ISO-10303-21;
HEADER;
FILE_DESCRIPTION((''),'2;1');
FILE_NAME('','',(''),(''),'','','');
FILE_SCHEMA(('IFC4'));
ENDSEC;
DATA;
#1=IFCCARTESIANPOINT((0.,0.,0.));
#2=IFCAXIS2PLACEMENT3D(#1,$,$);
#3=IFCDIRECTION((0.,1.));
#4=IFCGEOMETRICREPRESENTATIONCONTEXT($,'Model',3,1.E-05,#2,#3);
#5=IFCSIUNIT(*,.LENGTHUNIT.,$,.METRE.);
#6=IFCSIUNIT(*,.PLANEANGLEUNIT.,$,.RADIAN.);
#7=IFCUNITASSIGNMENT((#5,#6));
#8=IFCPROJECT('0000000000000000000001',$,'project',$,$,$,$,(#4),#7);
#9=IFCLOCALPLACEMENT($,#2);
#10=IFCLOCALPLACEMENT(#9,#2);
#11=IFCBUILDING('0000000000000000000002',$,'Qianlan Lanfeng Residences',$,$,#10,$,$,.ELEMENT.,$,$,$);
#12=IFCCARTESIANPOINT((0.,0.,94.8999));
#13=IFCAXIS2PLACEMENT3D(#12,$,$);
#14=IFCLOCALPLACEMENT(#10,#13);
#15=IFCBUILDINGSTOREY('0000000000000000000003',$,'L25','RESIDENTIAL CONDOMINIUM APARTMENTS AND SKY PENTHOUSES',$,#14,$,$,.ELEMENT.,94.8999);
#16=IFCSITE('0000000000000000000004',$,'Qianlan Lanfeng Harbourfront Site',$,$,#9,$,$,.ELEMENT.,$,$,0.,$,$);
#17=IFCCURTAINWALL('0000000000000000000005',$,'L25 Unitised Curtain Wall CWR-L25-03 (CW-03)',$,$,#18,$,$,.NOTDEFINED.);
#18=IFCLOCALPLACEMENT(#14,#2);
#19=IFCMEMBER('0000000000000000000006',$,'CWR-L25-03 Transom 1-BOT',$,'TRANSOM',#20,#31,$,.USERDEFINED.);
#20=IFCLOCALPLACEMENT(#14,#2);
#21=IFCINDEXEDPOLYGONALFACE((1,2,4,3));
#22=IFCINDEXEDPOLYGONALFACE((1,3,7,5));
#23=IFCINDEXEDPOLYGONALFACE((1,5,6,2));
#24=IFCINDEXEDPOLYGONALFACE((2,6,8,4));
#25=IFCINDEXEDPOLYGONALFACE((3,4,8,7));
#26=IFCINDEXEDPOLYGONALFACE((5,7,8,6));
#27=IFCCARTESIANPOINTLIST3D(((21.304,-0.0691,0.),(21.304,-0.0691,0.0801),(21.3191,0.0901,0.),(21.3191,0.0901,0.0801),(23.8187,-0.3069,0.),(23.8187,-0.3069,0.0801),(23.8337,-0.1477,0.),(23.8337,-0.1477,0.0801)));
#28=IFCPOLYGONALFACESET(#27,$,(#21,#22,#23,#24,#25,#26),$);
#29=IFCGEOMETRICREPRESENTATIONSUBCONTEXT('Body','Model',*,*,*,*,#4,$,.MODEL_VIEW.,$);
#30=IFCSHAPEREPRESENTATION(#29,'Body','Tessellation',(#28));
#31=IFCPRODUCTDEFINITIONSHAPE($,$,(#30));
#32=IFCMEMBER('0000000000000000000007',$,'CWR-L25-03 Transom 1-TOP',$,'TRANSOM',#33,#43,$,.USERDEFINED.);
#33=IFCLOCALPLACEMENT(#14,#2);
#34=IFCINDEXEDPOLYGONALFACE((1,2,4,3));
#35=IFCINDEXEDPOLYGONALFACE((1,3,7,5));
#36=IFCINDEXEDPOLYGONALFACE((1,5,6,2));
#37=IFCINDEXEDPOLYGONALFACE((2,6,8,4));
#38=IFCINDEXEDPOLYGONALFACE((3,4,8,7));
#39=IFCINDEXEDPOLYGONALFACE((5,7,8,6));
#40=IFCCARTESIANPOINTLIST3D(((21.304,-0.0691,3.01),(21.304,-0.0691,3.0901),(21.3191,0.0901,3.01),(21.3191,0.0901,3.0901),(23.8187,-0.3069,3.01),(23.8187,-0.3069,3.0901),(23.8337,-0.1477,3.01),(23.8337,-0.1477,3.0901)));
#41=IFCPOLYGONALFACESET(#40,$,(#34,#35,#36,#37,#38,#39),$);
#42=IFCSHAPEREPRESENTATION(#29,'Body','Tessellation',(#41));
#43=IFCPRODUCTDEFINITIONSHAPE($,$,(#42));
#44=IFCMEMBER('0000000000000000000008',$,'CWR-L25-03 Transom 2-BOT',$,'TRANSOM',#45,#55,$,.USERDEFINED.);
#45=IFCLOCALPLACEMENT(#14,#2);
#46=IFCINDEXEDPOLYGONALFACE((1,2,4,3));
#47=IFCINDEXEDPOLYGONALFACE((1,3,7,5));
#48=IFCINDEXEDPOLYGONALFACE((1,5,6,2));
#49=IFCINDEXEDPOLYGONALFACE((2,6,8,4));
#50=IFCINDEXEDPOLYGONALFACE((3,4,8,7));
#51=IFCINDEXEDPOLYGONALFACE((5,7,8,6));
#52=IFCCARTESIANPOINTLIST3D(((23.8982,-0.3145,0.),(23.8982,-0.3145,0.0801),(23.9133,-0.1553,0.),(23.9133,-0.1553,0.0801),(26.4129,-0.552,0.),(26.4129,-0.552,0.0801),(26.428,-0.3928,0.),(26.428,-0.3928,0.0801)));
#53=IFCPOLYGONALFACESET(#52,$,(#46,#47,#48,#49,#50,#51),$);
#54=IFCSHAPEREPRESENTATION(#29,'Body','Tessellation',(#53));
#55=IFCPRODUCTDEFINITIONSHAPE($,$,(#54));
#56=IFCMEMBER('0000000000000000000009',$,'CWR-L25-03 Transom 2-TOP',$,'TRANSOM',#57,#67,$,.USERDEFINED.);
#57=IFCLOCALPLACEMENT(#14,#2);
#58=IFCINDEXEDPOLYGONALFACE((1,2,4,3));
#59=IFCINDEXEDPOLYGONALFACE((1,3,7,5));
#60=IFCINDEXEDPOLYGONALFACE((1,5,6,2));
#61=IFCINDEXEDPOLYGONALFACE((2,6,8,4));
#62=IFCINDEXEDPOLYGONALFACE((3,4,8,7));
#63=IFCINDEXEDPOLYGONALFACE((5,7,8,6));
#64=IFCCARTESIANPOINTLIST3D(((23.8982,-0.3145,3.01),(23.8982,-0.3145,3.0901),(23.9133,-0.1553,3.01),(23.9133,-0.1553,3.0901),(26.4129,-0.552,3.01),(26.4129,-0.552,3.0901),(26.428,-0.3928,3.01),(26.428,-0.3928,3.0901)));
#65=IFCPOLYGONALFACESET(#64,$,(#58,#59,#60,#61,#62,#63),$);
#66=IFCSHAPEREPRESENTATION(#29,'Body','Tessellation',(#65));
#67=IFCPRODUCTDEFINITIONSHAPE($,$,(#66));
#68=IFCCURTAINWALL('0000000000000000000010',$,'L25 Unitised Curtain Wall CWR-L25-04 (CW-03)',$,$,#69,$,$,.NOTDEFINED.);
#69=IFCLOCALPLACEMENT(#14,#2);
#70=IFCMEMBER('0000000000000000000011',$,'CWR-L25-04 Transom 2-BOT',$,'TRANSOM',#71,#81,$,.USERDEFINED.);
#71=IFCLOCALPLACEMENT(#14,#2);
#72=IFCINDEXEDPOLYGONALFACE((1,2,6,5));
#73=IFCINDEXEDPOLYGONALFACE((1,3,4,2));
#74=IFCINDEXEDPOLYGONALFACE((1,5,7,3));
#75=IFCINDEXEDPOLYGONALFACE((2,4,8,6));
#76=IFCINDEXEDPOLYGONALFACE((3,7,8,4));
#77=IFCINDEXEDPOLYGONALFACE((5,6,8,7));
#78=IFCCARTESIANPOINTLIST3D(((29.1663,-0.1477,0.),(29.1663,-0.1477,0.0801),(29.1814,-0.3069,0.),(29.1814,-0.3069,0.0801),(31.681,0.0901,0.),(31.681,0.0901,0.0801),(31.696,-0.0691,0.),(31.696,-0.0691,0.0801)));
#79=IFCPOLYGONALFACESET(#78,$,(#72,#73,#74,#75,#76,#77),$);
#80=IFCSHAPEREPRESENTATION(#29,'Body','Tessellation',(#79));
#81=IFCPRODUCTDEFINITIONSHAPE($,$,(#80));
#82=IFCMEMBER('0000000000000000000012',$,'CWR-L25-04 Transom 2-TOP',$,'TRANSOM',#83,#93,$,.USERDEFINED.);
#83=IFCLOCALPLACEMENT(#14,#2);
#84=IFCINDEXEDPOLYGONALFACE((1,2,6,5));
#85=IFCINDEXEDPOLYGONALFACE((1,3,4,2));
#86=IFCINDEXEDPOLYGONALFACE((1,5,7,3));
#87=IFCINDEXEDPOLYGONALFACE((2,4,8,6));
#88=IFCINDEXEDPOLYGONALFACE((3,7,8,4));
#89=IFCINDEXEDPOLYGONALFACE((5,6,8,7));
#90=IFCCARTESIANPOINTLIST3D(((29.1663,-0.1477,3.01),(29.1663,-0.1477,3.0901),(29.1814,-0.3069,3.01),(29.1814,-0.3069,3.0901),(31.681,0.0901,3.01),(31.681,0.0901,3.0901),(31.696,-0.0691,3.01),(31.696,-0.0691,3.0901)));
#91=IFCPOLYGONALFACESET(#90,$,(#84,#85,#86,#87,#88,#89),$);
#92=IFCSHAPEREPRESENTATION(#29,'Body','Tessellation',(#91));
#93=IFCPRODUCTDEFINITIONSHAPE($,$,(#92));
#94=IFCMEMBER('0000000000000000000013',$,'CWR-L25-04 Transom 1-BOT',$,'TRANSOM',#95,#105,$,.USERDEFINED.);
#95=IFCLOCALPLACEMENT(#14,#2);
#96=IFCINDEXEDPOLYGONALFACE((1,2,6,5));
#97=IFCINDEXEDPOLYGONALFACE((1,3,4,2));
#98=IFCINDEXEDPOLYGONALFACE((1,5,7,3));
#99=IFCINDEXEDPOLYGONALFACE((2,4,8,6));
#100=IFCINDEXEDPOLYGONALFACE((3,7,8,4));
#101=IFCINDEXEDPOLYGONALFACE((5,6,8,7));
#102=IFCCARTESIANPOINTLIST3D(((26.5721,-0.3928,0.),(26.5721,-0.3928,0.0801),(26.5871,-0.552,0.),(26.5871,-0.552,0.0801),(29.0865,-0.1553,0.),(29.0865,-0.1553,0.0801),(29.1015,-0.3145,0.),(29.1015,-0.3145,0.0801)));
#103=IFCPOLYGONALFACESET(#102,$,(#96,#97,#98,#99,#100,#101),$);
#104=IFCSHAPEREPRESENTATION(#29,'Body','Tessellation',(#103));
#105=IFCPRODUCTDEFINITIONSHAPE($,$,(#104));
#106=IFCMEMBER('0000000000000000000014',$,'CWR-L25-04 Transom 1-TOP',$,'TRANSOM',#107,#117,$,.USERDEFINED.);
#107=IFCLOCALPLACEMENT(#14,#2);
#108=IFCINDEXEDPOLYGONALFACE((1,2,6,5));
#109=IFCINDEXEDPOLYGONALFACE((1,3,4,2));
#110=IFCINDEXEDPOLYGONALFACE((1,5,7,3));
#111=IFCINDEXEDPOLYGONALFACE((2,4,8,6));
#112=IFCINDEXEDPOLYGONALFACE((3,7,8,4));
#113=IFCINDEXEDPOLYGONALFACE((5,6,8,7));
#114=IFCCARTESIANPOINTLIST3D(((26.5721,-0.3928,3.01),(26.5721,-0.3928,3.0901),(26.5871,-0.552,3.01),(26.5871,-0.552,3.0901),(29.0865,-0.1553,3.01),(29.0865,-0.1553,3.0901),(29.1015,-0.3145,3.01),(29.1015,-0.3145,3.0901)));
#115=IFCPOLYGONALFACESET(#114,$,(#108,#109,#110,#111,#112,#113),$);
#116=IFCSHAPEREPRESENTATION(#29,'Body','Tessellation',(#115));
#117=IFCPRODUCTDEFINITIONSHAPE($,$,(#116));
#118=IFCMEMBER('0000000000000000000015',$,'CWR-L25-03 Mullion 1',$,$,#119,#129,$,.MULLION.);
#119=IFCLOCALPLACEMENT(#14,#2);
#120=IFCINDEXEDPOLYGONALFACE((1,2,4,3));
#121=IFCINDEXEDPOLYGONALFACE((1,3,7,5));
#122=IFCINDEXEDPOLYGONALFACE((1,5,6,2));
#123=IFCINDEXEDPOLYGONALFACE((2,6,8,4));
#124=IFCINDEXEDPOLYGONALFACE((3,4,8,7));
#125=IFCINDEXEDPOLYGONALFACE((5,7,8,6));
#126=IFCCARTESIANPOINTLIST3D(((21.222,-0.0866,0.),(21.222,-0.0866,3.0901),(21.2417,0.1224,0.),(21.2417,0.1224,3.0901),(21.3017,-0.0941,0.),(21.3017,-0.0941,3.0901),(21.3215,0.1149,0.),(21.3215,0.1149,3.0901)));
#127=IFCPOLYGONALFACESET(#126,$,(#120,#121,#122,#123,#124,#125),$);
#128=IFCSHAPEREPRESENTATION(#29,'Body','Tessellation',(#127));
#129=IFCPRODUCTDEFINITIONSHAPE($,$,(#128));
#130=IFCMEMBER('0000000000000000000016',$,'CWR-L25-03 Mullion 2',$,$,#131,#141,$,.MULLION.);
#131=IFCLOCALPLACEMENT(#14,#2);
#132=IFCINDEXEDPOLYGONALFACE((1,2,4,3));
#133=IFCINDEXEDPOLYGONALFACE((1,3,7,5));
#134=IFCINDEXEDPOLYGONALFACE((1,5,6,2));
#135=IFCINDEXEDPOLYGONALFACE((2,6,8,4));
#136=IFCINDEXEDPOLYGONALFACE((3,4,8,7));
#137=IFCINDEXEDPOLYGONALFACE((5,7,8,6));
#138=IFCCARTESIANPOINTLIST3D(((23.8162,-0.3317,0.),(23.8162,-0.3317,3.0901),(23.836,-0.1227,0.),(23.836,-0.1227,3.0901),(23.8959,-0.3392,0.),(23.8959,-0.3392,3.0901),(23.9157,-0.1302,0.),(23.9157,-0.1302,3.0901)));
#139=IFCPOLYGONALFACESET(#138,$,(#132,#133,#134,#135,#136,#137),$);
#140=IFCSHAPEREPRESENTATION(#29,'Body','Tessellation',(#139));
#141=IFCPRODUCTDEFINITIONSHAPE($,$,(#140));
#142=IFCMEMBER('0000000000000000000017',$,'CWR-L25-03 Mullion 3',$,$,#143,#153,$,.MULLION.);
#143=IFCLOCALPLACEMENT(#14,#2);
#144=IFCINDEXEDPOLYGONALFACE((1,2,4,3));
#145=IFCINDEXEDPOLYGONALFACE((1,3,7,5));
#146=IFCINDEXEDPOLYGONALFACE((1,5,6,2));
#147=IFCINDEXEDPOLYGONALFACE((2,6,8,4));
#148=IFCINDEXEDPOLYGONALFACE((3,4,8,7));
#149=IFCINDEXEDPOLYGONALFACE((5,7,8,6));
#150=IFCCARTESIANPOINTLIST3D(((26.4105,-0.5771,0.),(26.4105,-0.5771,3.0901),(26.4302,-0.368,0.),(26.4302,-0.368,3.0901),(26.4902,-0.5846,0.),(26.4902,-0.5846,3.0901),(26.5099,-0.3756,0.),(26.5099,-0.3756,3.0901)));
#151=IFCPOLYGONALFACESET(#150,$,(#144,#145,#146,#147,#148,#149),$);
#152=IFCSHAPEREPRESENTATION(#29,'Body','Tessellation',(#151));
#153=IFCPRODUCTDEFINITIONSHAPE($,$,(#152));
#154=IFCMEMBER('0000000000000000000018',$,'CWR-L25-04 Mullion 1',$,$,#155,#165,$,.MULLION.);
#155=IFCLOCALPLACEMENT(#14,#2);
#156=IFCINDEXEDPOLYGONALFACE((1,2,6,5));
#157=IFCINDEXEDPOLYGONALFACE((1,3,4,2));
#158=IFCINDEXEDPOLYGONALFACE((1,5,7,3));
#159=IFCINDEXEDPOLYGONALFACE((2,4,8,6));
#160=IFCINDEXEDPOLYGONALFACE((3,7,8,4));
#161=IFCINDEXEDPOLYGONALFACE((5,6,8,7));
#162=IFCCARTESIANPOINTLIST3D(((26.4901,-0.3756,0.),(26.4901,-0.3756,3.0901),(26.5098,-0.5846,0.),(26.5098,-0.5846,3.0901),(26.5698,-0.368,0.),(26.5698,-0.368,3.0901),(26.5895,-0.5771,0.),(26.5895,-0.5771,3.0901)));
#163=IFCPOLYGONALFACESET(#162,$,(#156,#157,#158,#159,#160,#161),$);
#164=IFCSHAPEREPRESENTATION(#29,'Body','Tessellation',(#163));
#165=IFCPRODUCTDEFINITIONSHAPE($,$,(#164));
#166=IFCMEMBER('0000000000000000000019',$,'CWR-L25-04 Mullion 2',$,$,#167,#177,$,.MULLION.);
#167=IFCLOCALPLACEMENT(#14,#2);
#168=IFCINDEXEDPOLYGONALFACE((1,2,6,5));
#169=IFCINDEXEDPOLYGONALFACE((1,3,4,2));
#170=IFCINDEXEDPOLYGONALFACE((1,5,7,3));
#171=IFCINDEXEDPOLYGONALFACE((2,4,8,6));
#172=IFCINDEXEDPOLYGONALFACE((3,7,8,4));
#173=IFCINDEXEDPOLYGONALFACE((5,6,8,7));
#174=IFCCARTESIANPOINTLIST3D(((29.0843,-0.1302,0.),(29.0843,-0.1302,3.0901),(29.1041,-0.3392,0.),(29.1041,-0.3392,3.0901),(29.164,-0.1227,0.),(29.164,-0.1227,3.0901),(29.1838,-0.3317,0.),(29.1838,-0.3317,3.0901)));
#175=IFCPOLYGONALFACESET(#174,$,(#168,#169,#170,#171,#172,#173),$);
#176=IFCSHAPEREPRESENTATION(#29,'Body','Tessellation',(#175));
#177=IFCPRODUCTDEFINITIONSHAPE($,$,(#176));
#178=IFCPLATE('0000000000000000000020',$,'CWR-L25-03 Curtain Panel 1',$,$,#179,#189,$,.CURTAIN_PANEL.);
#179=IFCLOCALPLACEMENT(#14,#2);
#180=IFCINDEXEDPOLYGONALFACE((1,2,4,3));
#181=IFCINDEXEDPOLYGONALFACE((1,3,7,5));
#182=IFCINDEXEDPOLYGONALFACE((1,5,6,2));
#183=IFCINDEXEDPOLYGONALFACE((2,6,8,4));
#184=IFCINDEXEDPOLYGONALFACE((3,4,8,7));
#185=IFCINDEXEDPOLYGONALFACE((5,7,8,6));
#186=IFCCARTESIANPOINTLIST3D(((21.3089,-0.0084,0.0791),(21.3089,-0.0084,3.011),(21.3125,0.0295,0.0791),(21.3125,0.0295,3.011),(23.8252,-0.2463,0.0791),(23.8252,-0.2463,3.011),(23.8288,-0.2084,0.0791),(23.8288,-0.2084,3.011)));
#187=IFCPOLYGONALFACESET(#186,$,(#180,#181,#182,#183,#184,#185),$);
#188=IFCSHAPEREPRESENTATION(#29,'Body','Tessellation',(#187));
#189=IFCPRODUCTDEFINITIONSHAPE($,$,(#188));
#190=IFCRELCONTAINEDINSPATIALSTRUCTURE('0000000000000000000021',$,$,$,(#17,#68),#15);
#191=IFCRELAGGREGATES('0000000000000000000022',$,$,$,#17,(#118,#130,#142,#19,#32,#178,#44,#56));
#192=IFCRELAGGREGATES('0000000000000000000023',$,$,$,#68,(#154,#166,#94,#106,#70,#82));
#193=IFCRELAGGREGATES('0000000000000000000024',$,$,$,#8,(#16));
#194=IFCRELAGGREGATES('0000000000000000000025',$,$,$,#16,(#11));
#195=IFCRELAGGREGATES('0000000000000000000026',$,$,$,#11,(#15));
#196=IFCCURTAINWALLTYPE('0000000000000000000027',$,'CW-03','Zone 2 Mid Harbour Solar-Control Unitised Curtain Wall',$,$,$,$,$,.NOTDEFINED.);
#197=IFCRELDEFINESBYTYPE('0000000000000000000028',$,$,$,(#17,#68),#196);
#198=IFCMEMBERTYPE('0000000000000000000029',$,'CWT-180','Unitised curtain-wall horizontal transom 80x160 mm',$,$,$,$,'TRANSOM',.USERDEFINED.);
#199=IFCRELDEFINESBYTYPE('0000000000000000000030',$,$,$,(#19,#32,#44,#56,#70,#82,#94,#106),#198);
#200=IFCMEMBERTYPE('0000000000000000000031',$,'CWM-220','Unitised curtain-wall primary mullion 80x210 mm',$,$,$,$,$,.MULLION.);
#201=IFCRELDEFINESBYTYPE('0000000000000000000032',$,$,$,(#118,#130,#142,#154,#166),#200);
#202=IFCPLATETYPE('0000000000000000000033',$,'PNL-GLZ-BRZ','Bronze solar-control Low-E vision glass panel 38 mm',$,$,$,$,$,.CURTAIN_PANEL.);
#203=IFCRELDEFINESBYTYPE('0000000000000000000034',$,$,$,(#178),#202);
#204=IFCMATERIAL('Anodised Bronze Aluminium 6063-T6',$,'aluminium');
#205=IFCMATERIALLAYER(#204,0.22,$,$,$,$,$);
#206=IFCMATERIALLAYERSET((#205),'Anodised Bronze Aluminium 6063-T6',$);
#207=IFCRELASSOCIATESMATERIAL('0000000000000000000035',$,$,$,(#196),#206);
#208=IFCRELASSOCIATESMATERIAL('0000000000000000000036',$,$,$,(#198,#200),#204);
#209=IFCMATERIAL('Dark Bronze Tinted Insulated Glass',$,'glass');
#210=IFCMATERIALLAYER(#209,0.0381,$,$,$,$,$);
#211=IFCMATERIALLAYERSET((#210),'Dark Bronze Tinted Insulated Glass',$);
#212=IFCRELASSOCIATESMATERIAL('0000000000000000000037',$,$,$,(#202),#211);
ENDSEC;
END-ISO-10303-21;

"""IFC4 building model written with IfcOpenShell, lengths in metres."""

from ifc_helpers import new_model, si_unit, direction, frame, origin, origin_2d, place, context, subcontext, project, spatial, rectangle, extrude, source, transform, mapped, material, layer, layer_set, material_profile, profile_set, type_object, element, aggregate, save


model = new_model("IFC4")

# Units and contexts
model_context = context("Model", 3, precision=1e-05, world=origin(), true_north=direction((0.0, 1.0)))
body_context = subcontext(model_context, "Body", "Model", "MODEL_VIEW")
ifc_project = project(units=[si_unit("LENGTHUNIT", "METRE"), si_unit("PLANEANGLEUNIT", "RADIAN")], contexts=[model_context])

# Site, building, storey
site_placement = place(None, origin())
site = spatial("IfcSite", under=ifc_project, at=site_placement, Name="Qianlan Lanfeng Harbourfront Site", CompositionType="ELEMENT", RefElevation=0.0)
building_placement = place(site_placement, origin())
building = spatial("IfcBuilding", under=site, at=building_placement, Name="Qianlan Lanfeng Residences", CompositionType="ELEMENT")
storey_placement = place(building_placement, frame((0.0, 0.0, 94.8999)))
storey = spatial("IfcBuildingStorey", under=building, at=storey_placement, Name="L25", Description="RESIDENTIAL CONDOMINIUM APARTMENTS AND SKY PENTHOUSES", CompositionType="ELEMENT", Elevation=94.8999)

# Curtain walls, members
ifc_material_1 = material(Name="Anodised Bronze Aluminium 6063-T6", Category="aluminium")
ifc_layer_1 = layer(ifc_material_1, 0.22)
ifc_layer_set_1 = layer_set([ifc_layer_1], Name="Anodised Bronze Aluminium 6063-T6")
curtain_wall_type = type_object("IfcCurtainWallType", Name="CW-03", Description="Zone 2 Mid Harbour Solar-Control Unitised Curtain Wall", PredefinedType="NOTDEFINED", material=ifc_layer_set_1)
curtain_wall_1_placement = place(storey_placement, origin())
curtain_wall_1 = element("IfcCurtainWall", 1, at=curtain_wall_1_placement, inside=storey, type_object=curtain_wall_type, Name="L25 Unitised Curtain Wall CWR-L25-03 (CW-03)", PredefinedType="NOTDEFINED")
ifc_material_profile_1 = material_profile(ifc_material_1, rectangle(XDim=0.0801, YDim=0.1599, at=origin_2d()), Name="ALU TRANSOM 80x160")
ifc_profile_set_1 = profile_set([ifc_material_profile_1], Name="Anodised Bronze Aluminium 6063-T6")
member_type_1 = type_object("IfcMemberType", Name="CWT-180", Description="Unitised curtain-wall horizontal transom 80x160 mm", ElementType="TRANSOM", PredefinedType="USERDEFINED", material=ifc_profile_set_1)
shared_shape_1 = source(origin(), body_context, "Body", "SweptSolid", [
    extrude(rectangle(XDim=0.0801, YDim=0.1599, at=origin_2d()), origin(), (0.0, 0.0, 1.0), 2.5259),
])
member_1_placement = place(storey_placement, frame((21.3115, 0.0105, 0.04), z_axis=(0.995559, -0.094143, 0.0), x_axis=(0.0, 0.0, 1.0)))
member_1 = element("IfcMember", 2, at=member_1_placement, type_object=member_type_1, Name="CWR-L25-03 Transom 1-BOT", ObjectType="TRANSOM", PredefinedType="USERDEFINED", context=body_context, shape_type="MappedRepresentation", body=[
    mapped(shared_shape_1, transform((0.0, 0.0, 0.0), scale=1.0)),
])
member_2_placement = place(storey_placement, frame((21.3115, 0.0105, 3.05), z_axis=(0.995559, -0.094143, 0.0), x_axis=(0.0, 0.0, 1.0)))
member_2 = element("IfcMember", 3, at=member_2_placement, type_object=member_type_1, Name="CWR-L25-03 Transom 1-TOP", ObjectType="TRANSOM", PredefinedType="USERDEFINED", context=body_context, shape_type="MappedRepresentation", body=[
    mapped(shared_shape_1, transform((0.0, 0.0, 0.0), scale=1.0)),
])
member_3_placement = place(storey_placement, frame((23.9058, -0.2349, 0.04), z_axis=(0.995568, -0.094047, 0.0), x_axis=(0.0, 0.0, 1.0)))
member_3 = element("IfcMember", 4, at=member_3_placement, type_object=member_type_1, Name="CWR-L25-03 Transom 2-BOT", ObjectType="TRANSOM", PredefinedType="USERDEFINED", context=body_context, shape_type="MappedRepresentation", body=[
    mapped(shared_shape_1, transform((0.0, 0.0, 0.0), scale=1.0)),
])
member_4_placement = place(storey_placement, frame((23.9058, -0.2349, 3.05), z_axis=(0.995568, -0.094047, 0.0), x_axis=(0.0, 0.0, 1.0)))
member_4 = element("IfcMember", 5, at=member_4_placement, type_object=member_type_1, Name="CWR-L25-03 Transom 2-TOP", ObjectType="TRANSOM", PredefinedType="USERDEFINED", context=body_context, shape_type="MappedRepresentation", body=[
    mapped(shared_shape_1, transform((0.0, 0.0, 0.0), scale=1.0)),
])
curtain_wall_2_placement = place(storey_placement, origin())
curtain_wall_2 = element("IfcCurtainWall", 6, at=curtain_wall_2_placement, inside=storey, type_object=curtain_wall_type, Name="L25 Unitised Curtain Wall CWR-L25-04 (CW-03)", PredefinedType="NOTDEFINED")
member_5_placement = place(storey_placement, frame((29.1738, -0.2273, 0.04), z_axis=(0.995559, 0.094143, 0.0), x_axis=(0.0, 0.0, 1.0)))
member_5 = element("IfcMember", 7, at=member_5_placement, type_object=member_type_1, Name="CWR-L25-04 Transom 2-BOT", ObjectType="TRANSOM", PredefinedType="USERDEFINED", context=body_context, shape_type="MappedRepresentation", body=[
    mapped(shared_shape_1, transform((0.0, 0.0, 0.0), scale=1.0)),
])
member_6_placement = place(storey_placement, frame((29.1738, -0.2273, 3.05), z_axis=(0.995559, 0.094143, 0.0), x_axis=(0.0, 0.0, 1.0)))
member_6 = element("IfcMember", 8, at=member_6_placement, type_object=member_type_1, Name="CWR-L25-04 Transom 2-TOP", ObjectType="TRANSOM", PredefinedType="USERDEFINED", context=body_context, shape_type="MappedRepresentation", body=[
    mapped(shared_shape_1, transform((0.0, 0.0, 0.0), scale=1.0)),
])
shared_shape_2 = source(origin(), body_context, "Body", "SweptSolid", [
    extrude(rectangle(XDim=0.0801, YDim=0.1599, at=origin_2d()), origin(), (0.0, 0.0, 1.0), 2.5256),
])
member_7_placement = place(storey_placement, frame((26.5796, -0.4724, 0.04), z_axis=(0.995567, 0.094056, 0.0), x_axis=(0.0, 0.0, 1.0)))
member_7 = element("IfcMember", 9, at=member_7_placement, type_object=member_type_1, Name="CWR-L25-04 Transom 1-BOT", ObjectType="TRANSOM", PredefinedType="USERDEFINED", context=body_context, shape_type="MappedRepresentation", body=[
    mapped(shared_shape_2, transform((0.0, 0.0, 0.0), scale=1.0)),
])
member_8_placement = place(storey_placement, frame((26.5796, -0.4724, 3.05), z_axis=(0.995567, 0.094056, 0.0), x_axis=(0.0, 0.0, 1.0)))
member_8 = element("IfcMember", 10, at=member_8_placement, type_object=member_type_1, Name="CWR-L25-04 Transom 1-TOP", ObjectType="TRANSOM", PredefinedType="USERDEFINED", context=body_context, shape_type="MappedRepresentation", body=[
    mapped(shared_shape_2, transform((0.0, 0.0, 0.0), scale=1.0)),
])

# Members
ifc_material_profile_2 = material_profile(ifc_material_1, rectangle(XDim=0.0801, YDim=0.21, at=origin_2d()), Name="ALU MULLION 80x210")
ifc_profile_set_2 = profile_set([ifc_material_profile_2], Name="Anodised Bronze Aluminium 6063-T6")
member_type_2 = type_object("IfcMemberType", Name="CWM-220", Description="Unitised curtain-wall primary mullion 80x210 mm", PredefinedType="MULLION", material=ifc_profile_set_2)
shared_shape_3 = source(origin(), body_context, "Body", "SweptSolid", [
    extrude(rectangle(XDim=0.0801, YDim=0.21, at=origin_2d()), origin(), (0.0, 0.0, 1.0), 3.0901),
])
member_9_placement = place(storey_placement, frame((21.2717, 0.0142, 0.0), z_axis=(0.0, 0.0, 1.0), x_axis=(0.995561, -0.094114, 0.0)))
member_9 = element("IfcMember", 11, at=member_9_placement, type_object=member_type_2, Name="CWR-L25-03 Mullion 1", PredefinedType="MULLION", context=body_context, shape_type="MappedRepresentation", body=[
    mapped(shared_shape_3, transform((0.0, 0.0, 0.0), scale=1.0)),
])
member_10_placement = place(storey_placement, frame((23.866, -0.231, 0.0), z_axis=(0.0, 0.0, 1.0), x_axis=(0.995561, -0.094114, 0.0)))
member_10 = element("IfcMember", 12, at=member_10_placement, type_object=member_type_2, Name="CWR-L25-03 Mullion 2", PredefinedType="MULLION", context=body_context, shape_type="MappedRepresentation", body=[
    mapped(shared_shape_3, transform((0.0, 0.0, 0.0), scale=1.0)),
])
member_11_placement = place(storey_placement, frame((26.4602, -0.4763, 0.0), z_axis=(0.0, 0.0, 1.0), x_axis=(0.995561, -0.094114, 0.0)))
member_11 = element("IfcMember", 13, at=member_11_placement, type_object=member_type_2, Name="CWR-L25-03 Mullion 3", PredefinedType="MULLION", context=body_context, shape_type="MappedRepresentation", body=[
    mapped(shared_shape_3, transform((0.0, 0.0, 0.0), scale=1.0)),
])
member_12_placement = place(storey_placement, frame((26.5398, -0.4763, 0.0), z_axis=(0.0, 0.0, 1.0), x_axis=(0.995561, 0.094114, 0.0)))
member_12 = element("IfcMember", 14, at=member_12_placement, type_object=member_type_2, Name="CWR-L25-04 Mullion 1", PredefinedType="MULLION", context=body_context, shape_type="MappedRepresentation", body=[
    mapped(shared_shape_3, transform((0.0, 0.0, 0.0), scale=1.0)),
])
member_13_placement = place(storey_placement, frame((29.134, -0.231, 0.0), z_axis=(0.0, 0.0, 1.0), x_axis=(0.995561, 0.094114, 0.0)))
member_13 = element("IfcMember", 15, at=member_13_placement, type_object=member_type_2, Name="CWR-L25-04 Mullion 2", PredefinedType="MULLION", context=body_context, shape_type="MappedRepresentation", body=[
    mapped(shared_shape_3, transform((0.0, 0.0, 0.0), scale=1.0)),
])

# Plate
ifc_material_2 = material(Name="Dark Bronze Tinted Insulated Glass", Category="glass")
ifc_layer_2 = layer(ifc_material_2, 0.0381)
ifc_layer_set_2 = layer_set([ifc_layer_2], Name="Dark Bronze Tinted Insulated Glass")
plate_type_1 = type_object("IfcPlateType", Name="PNL-GLZ-BRZ", Description="Bronze solar-control Low-E vision glass panel 38 mm", PredefinedType="CURTAIN_PANEL", material=ifc_layer_set_2)
shared_shape_4 = source(origin(), body_context, "Body", "SweptSolid", [
    extrude(rectangle(XDim=2.5276, YDim=0.0381, at=origin_2d()), origin(), (0.0, 0.0, 1.0), 2.9319),
])
plate_1_placement = place(storey_placement, frame((22.5688, -0.1084, 0.0791), z_axis=(0.0, 0.0, 1.0), x_axis=(0.995561, -0.094114, 0.0)))
plate_1 = element("IfcPlate", 16, at=plate_1_placement, type_object=plate_type_1, Name="CWR-L25-03 Curtain Panel 1", PredefinedType="CURTAIN_PANEL", context=body_context, shape_type="MappedRepresentation", body=[
    mapped(shared_shape_4, transform((0.0, 0.0, 0.0), scale=1.0)),
])
aggregate(curtain_wall_1, [member_9, member_10, member_11, member_1, member_2, plate_1, member_3, member_4])
aggregate(curtain_wall_2, [member_12, member_13, member_7, member_8, member_5, member_6])

save(model, "model.ifc")
